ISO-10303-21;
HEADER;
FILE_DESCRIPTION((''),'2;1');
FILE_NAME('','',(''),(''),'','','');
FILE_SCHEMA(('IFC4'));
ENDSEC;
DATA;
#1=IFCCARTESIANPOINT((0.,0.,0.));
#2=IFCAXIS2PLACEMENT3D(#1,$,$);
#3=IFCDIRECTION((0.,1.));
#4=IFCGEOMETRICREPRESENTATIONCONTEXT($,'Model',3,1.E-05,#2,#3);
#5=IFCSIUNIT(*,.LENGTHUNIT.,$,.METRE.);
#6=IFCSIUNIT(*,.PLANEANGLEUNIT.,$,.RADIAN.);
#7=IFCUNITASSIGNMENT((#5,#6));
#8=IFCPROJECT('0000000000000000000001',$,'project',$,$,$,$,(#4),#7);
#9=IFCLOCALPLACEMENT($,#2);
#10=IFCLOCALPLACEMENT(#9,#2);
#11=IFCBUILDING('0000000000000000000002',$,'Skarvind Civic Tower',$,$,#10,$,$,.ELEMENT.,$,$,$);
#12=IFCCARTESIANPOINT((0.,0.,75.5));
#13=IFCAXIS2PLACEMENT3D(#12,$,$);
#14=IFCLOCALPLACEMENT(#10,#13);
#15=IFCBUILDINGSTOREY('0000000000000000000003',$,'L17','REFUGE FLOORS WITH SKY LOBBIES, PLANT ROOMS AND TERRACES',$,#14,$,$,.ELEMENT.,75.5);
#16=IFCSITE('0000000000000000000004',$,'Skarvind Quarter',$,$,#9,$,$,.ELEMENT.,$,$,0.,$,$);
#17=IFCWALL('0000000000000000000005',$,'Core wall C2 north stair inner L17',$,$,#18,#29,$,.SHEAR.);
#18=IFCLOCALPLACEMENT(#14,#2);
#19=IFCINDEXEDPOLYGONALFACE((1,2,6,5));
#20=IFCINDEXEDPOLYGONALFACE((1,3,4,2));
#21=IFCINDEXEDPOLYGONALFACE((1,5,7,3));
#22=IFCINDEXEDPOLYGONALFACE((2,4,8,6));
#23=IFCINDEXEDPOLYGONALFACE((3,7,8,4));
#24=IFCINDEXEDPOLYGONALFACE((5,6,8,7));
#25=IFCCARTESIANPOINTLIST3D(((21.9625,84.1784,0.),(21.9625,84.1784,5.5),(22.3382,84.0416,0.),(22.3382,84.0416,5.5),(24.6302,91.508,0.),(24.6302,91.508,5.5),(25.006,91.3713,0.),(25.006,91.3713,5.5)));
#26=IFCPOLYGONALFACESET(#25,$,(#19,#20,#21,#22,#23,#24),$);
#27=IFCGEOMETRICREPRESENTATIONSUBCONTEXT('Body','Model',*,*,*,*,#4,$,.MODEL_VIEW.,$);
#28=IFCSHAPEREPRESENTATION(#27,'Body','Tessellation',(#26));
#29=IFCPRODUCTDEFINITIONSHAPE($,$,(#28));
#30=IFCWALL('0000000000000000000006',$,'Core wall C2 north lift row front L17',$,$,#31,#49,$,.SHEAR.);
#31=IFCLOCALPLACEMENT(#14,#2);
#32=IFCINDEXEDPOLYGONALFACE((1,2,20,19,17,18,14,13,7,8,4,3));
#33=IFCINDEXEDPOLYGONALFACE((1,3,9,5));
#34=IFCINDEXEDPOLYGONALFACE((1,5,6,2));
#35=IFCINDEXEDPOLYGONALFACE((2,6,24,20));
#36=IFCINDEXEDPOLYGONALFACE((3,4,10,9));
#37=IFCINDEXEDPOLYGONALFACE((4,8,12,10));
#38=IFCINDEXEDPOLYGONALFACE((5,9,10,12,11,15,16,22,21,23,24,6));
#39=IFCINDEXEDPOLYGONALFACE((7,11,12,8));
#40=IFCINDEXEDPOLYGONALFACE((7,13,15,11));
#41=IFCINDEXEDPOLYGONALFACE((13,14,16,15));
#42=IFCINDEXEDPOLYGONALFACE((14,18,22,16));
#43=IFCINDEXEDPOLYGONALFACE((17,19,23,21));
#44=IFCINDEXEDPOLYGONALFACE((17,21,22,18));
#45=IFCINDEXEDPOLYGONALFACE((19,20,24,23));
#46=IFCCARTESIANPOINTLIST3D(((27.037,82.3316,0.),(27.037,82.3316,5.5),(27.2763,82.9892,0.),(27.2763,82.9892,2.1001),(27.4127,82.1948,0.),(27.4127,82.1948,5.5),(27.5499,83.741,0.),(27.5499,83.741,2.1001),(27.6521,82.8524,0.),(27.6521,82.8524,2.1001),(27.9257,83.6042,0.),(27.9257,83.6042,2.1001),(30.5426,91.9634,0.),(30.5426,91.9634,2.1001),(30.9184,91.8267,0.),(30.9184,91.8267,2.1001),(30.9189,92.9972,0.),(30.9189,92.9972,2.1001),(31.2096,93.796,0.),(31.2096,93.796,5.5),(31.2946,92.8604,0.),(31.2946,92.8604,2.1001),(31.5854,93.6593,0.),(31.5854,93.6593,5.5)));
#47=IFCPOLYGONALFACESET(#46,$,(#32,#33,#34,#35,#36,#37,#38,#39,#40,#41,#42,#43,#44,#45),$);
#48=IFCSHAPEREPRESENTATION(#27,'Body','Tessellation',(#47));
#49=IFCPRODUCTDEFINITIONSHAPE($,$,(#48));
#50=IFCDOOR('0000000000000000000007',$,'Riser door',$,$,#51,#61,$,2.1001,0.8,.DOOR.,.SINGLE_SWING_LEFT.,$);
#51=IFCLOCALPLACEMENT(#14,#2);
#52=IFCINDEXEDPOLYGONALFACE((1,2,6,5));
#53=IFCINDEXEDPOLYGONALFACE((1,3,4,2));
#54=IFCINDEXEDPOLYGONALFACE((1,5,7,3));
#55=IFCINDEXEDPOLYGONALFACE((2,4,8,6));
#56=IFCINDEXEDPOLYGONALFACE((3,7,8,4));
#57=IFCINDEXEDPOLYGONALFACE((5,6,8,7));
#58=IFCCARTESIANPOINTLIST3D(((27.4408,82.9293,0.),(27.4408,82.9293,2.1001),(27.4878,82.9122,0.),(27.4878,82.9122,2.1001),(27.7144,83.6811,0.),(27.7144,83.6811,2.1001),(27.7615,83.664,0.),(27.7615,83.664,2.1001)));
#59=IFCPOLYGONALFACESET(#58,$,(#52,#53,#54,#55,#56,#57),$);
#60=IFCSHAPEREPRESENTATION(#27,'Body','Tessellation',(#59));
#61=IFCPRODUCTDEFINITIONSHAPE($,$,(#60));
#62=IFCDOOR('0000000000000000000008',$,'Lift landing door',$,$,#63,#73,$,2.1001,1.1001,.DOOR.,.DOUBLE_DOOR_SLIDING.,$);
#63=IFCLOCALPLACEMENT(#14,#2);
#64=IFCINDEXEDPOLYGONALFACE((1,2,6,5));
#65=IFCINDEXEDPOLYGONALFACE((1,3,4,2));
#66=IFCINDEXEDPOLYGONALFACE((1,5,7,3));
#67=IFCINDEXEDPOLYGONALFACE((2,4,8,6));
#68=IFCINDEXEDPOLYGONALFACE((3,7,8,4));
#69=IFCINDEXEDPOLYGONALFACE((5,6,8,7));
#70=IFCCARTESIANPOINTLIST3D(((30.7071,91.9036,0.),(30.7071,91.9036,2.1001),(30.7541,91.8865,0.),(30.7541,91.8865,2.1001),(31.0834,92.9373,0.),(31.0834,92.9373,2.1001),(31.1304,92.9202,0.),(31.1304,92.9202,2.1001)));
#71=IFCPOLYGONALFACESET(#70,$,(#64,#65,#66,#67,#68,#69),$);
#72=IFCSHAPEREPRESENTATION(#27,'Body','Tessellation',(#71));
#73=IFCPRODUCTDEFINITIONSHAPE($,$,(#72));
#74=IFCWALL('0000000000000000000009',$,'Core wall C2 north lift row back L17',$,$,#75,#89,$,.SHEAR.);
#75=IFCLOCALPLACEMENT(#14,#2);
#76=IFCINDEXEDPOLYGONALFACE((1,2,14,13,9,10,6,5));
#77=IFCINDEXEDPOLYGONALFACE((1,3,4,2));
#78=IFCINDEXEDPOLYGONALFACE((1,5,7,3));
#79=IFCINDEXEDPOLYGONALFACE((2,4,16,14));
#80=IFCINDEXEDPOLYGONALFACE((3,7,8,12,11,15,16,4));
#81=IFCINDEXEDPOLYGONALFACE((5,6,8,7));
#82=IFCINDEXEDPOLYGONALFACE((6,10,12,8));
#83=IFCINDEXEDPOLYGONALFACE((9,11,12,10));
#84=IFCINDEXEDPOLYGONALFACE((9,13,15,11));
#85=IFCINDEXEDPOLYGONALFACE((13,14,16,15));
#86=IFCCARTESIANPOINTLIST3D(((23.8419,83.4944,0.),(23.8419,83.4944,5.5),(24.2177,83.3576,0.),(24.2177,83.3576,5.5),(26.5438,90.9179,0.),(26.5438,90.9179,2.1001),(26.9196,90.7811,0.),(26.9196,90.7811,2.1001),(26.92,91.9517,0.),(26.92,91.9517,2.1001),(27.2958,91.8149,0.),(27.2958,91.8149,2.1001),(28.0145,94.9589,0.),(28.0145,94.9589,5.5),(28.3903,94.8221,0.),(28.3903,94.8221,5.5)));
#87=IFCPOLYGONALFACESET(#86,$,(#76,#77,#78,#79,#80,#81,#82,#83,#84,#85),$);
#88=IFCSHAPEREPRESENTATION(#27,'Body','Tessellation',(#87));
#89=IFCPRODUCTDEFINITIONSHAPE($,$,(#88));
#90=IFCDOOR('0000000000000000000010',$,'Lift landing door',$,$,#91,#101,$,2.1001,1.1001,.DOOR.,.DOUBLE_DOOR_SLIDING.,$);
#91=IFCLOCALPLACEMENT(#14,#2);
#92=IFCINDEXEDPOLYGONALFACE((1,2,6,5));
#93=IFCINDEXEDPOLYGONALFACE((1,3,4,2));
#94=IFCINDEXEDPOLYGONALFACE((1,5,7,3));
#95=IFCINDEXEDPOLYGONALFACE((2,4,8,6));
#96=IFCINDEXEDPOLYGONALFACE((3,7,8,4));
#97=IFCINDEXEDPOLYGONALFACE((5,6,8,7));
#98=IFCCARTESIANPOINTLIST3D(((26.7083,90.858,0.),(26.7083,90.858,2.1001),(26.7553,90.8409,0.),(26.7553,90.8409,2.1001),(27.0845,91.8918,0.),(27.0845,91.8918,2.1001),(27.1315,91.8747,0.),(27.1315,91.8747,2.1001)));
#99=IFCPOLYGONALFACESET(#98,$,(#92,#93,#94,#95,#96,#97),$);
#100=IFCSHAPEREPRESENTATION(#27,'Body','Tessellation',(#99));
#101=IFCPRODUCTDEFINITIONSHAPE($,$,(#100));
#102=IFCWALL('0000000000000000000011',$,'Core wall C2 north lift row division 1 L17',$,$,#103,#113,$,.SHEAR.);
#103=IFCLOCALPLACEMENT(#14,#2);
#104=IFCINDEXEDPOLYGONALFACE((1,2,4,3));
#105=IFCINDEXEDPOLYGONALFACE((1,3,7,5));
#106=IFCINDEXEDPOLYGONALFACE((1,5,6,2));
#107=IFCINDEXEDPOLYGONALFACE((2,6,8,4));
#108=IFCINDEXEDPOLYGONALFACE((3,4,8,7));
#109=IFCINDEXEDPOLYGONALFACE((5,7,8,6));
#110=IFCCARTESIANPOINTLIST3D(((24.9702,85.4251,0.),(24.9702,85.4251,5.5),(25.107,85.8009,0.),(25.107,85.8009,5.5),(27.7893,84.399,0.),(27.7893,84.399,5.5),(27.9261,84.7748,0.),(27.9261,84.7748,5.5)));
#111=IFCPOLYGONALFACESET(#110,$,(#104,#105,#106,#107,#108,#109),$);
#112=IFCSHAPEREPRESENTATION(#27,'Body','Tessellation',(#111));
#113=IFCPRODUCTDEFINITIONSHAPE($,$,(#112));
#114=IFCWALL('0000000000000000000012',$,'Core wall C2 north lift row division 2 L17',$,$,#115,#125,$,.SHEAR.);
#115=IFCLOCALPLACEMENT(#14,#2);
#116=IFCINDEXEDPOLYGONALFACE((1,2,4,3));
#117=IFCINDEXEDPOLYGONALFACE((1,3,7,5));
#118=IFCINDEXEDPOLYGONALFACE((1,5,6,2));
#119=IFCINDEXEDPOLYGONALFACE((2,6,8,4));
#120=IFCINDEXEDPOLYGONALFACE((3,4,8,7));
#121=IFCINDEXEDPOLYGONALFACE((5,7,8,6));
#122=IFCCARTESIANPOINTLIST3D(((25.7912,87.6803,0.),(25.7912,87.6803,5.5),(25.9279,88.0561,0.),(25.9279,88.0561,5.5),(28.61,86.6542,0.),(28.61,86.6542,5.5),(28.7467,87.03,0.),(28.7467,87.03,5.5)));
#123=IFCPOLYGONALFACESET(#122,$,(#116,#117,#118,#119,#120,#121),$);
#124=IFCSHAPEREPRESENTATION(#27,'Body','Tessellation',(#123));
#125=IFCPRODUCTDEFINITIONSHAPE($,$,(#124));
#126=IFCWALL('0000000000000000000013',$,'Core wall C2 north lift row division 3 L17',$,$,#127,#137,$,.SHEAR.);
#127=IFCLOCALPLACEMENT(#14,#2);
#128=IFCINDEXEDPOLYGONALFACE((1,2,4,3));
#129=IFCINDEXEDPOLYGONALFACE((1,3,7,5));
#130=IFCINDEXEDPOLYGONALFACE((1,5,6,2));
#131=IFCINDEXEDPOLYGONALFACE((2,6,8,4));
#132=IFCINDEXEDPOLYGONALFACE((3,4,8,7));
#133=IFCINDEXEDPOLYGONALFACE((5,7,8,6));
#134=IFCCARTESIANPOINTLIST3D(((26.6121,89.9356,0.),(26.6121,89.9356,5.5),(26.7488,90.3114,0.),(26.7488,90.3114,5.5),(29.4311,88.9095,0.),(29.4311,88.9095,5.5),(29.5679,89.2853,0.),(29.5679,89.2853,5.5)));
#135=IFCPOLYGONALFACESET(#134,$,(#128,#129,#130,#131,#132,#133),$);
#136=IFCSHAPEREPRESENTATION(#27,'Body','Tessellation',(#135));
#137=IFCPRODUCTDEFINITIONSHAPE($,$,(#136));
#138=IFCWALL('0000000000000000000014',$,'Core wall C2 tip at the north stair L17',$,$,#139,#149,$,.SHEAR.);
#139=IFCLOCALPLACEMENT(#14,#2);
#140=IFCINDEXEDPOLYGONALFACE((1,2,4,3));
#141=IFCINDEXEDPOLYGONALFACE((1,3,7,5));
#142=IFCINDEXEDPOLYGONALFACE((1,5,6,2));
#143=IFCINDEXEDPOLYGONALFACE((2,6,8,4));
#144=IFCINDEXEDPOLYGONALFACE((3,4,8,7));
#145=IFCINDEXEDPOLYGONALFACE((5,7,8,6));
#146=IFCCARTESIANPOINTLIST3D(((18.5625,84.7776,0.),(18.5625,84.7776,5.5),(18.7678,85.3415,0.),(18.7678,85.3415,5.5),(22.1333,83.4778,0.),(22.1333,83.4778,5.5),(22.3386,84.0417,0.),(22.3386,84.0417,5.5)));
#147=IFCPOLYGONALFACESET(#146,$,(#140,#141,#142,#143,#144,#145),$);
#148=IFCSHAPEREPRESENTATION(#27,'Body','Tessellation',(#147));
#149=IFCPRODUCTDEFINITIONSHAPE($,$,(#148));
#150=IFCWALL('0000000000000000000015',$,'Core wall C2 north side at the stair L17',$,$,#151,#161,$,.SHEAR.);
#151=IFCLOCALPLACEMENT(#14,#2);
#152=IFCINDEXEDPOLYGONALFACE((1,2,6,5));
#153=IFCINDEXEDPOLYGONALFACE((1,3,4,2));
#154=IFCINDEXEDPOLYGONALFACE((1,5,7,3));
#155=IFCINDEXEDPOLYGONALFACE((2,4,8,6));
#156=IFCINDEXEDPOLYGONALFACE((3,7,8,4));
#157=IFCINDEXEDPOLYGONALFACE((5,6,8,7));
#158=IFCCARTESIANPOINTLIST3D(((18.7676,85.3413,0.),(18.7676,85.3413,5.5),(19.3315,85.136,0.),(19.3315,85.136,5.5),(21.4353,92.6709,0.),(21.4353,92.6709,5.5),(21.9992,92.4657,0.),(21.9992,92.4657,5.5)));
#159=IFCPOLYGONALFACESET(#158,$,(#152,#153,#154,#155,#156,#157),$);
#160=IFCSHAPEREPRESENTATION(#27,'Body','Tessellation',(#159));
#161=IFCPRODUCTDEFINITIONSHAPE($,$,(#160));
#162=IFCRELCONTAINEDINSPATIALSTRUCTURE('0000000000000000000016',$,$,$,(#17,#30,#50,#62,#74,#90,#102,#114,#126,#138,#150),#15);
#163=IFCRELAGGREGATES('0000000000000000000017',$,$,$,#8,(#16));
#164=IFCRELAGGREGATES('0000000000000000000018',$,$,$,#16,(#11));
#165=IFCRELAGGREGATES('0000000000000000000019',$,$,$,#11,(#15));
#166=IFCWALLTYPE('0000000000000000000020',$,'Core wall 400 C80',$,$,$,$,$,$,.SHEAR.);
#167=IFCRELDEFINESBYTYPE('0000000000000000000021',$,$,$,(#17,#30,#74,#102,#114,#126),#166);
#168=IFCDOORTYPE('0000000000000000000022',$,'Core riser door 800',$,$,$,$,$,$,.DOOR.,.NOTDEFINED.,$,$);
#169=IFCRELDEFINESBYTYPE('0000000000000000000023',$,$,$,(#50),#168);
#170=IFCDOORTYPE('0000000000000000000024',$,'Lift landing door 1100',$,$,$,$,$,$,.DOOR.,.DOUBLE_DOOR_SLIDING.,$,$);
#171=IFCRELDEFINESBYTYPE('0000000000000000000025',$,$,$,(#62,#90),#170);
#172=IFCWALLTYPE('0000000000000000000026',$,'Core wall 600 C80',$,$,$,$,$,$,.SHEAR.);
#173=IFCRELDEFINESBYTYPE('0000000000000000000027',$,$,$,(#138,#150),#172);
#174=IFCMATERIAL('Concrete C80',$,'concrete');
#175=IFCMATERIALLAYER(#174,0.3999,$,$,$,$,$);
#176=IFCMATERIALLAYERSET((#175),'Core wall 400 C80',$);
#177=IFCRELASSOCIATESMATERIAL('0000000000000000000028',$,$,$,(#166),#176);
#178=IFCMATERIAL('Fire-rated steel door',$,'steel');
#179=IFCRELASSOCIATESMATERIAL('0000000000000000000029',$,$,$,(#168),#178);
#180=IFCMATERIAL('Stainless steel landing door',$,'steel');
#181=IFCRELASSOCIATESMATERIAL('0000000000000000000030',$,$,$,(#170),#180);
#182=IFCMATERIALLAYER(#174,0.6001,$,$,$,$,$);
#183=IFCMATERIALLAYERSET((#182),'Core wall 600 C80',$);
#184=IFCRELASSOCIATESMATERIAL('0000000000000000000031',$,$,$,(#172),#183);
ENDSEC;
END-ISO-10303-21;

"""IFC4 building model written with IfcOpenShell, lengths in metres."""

from ifc_helpers import new_model, si_unit, direction, frame, frame_2d, origin, place, context, subcontext, project, spatial, rectangle, extrude, material, layer, layer_set, type_object, element, fill, save


model = new_model("IFC4")

# Units and contexts
model_context = context("Model", 3, precision=1e-05, world=origin(), true_north=direction((0.0, 1.0)))
body_context = subcontext(model_context, "Body", "Model", "MODEL_VIEW")
ifc_project = project(units=[si_unit("LENGTHUNIT", "METRE"), si_unit("PLANEANGLEUNIT", "RADIAN")], contexts=[model_context])

# Site, building, storey
site_placement = place(None, origin())
site = spatial("IfcSite", under=ifc_project, at=site_placement, Name="Skarvind Quarter", CompositionType="ELEMENT", RefElevation=0.0)
building_placement = place(site_placement, origin())
building = spatial("IfcBuilding", under=site, at=building_placement, Name="Skarvind Civic Tower", CompositionType="ELEMENT")
storey_placement = place(building_placement, frame((0.0, 0.0, 75.5)))
storey = spatial("IfcBuildingStorey", under=building, at=storey_placement, Name="L17", Description="REFUGE FLOORS WITH SKY LOBBIES, PLANT ROOMS AND TERRACES", CompositionType="ELEMENT", Elevation=75.5)

# Wall
ifc_material_1 = material(Name="Concrete C80", Category="concrete")
ifc_layer_1 = layer(ifc_material_1, 0.3999)
ifc_layer_set_1 = layer_set([ifc_layer_1], Name="Core wall 400 C80")
wall_type_1 = type_object("IfcWallType", Name="Core wall 400 C80", PredefinedType="SHEAR", material=ifc_layer_set_1)
wall_1_placement = place(storey_placement, frame((22.1504, 84.1101, 0.0), z_axis=(0.0, 0.0, 1.0), x_axis=(0.342017, 0.939694, 0.0)))
element("IfcWall", 1, at=wall_1_placement, inside=storey, type_object=wall_type_1, Name="Core wall C2 north stair inner L17", PredefinedType="SHEAR", context=body_context, shape_type="SweptSolid", body=[
    extrude(rectangle(XDim=7.8, YDim=0.3999, at=frame_2d((3.8999, 0.0))), origin(), (0.0, 0.0, 1.0), 5.5),
])

# Wall, openings, doors
wall_2_placement = place(storey_placement, frame((27.2249, 82.2632, 0.0), z_axis=(0.0, 0.0, 1.0), x_axis=(0.342015, 0.939695, 0.0)))
wall_2 = element("IfcWall", 2, at=wall_2_placement, inside=storey, type_object=wall_type_1, Name="Core wall C2 north lift row front L17", PredefinedType="SHEAR", context=body_context, shape_type="SweptSolid", body=[
    extrude(rectangle(XDim=12.2002, YDim=0.3999, at=frame_2d((6.1001, 0.0))), origin(), (0.0, 0.0, 1.0), 5.5),
])
opening_1_placement = place(wall_2_placement, frame((10.25, 0.0, 0.0)))
opening_1 = element("IfcOpeningElement", 3, at=opening_1_placement, cuts=wall_2, PredefinedType="OPENING", context=body_context, shape_type="SweptSolid", body=[
    extrude(rectangle(XDim=1.1001, YDim=2.1001, at=frame_2d((0.55, 1.05))), frame((0.0, 0.21, 0.0), z_axis=(0.0, -1.0, 0.0), x_axis=(1.0, 0.0, 0.0)), (0.0, 0.0, 1.0), 0.4199),
])
opening_2_placement = place(wall_2_placement, frame((0.7, 0.0, 0.0)))
opening_2 = element("IfcOpeningElement", 4, at=opening_2_placement, cuts=wall_2, PredefinedType="OPENING", context=body_context, shape_type="SweptSolid", body=[
    extrude(rectangle(XDim=0.8, YDim=2.1001, at=frame_2d((0.3999, 1.05))), frame((0.0, 0.21, 0.0), z_axis=(0.0, -1.0, 0.0), x_axis=(1.0, 0.0, 0.0)), (0.0, 0.0, 1.0), 0.4199),
])
ifc_material_2 = material(Name="Fire-rated steel door", Category="steel")
door_type_1 = type_object("IfcDoorType", Name="Core riser door 800", OperationType="NOTDEFINED", PredefinedType="DOOR", material=ifc_material_2)
door_1_placement = place(opening_2_placement, origin())
door_1 = element("IfcDoor", 5, at=door_1_placement, inside=storey, type_object=door_type_1, Name="Riser door", OperationType="SINGLE_SWING_LEFT", OverallHeight=2.1001, OverallWidth=0.8, PredefinedType="DOOR", context=body_context, shape_type="SweptSolid", body=[
    extrude(rectangle(XDim=0.8, YDim=2.1001, at=frame_2d((0.3999, 1.05))), frame((0.0, 0.0249, 0.0), z_axis=(0.0, -1.0, 0.0), x_axis=(1.0, 0.0, 0.0)), (0.0, 0.0, 1.0), 0.05),
])
fill(opening_2, door_1)
ifc_material_3 = material(Name="Stainless steel landing door", Category="steel")
door_type_2 = type_object("IfcDoorType", Name="Lift landing door 1100", OperationType="DOUBLE_DOOR_SLIDING", PredefinedType="DOOR", material=ifc_material_3)
door_2_placement = place(opening_1_placement, origin())
door_2 = element("IfcDoor", 6, at=door_2_placement, inside=storey, type_object=door_type_2, Name="Lift landing door", OperationType="DOUBLE_DOOR_SLIDING", OverallHeight=2.1001, OverallWidth=1.1001, PredefinedType="DOOR", context=body_context, shape_type="SweptSolid", body=[
    extrude(rectangle(XDim=1.1001, YDim=2.1001, at=frame_2d((0.55, 1.05))), frame((0.0, 0.0249, 0.0), z_axis=(0.0, -1.0, 0.0), x_axis=(1.0, 0.0, 0.0)), (0.0, 0.0, 1.0), 0.05),
])
fill(opening_1, door_2)

# Wall, opening, door
wall_3_placement = place(storey_placement, frame((24.0298, 83.426, 0.0), z_axis=(0.0, 0.0, 1.0), x_axis=(0.342015, 0.939695, 0.0)))
wall_3 = element("IfcWall", 7, at=wall_3_placement, inside=storey, type_object=wall_type_1, Name="Core wall C2 north lift row back L17", PredefinedType="SHEAR", context=body_context, shape_type="SweptSolid", body=[
    extrude(rectangle(XDim=12.2002, YDim=0.3999, at=frame_2d((6.1001, 0.0))), origin(), (0.0, 0.0, 1.0), 5.5),
])
opening_3_placement = place(wall_3_placement, frame((7.8999, 0.0, 0.0)))
opening_3 = element("IfcOpeningElement", 8, at=opening_3_placement, cuts=wall_3, PredefinedType="OPENING", context=body_context, shape_type="SweptSolid", body=[
    extrude(rectangle(XDim=1.1001, YDim=2.1001, at=frame_2d((0.55, 1.05))), frame((0.0, 0.21, 0.0), z_axis=(0.0, -1.0, 0.0), x_axis=(1.0, 0.0, 0.0)), (0.0, 0.0, 1.0), 0.4199),
])
door_3_placement = place(opening_3_placement, origin())
door_3 = element("IfcDoor", 9, at=door_3_placement, inside=storey, type_object=door_type_2, Name="Lift landing door", OperationType="DOUBLE_DOOR_SLIDING", OverallHeight=2.1001, OverallWidth=1.1001, PredefinedType="DOOR", context=body_context, shape_type="SweptSolid", body=[
    extrude(rectangle(XDim=1.1001, YDim=2.1001, at=frame_2d((0.55, 1.05))), frame((0.0, 0.0249, 0.0), z_axis=(0.0, -1.0, 0.0), x_axis=(1.0, 0.0, 0.0)), (0.0, 0.0, 1.0), 0.05),
])
fill(opening_3, door_3)

# Walls
wall_4_placement = place(storey_placement, frame((27.8577, 84.5869, 0.0), z_axis=(0.0, 0.0, 1.0), x_axis=(-0.939686, 0.342037, 0.0)))
element("IfcWall", 10, at=wall_4_placement, inside=storey, type_object=wall_type_1, Name="Core wall C2 north lift row division 1 L17", PredefinedType="SHEAR", context=body_context, shape_type="SweptSolid", body=[
    extrude(rectangle(XDim=3.0, YDim=0.3999, at=frame_2d((1.5, 0.0))), origin(), (0.0, 0.0, 1.0), 5.5),
])
wall_5_placement = place(storey_placement, frame((28.6785, 86.842, 0.0), z_axis=(0.0, 0.0, 1.0), x_axis=(-0.939677, 0.342063, 0.0)))
element("IfcWall", 11, at=wall_5_placement, inside=storey, type_object=wall_type_1, Name="Core wall C2 north lift row division 2 L17", PredefinedType="SHEAR", context=body_context, shape_type="SweptSolid", body=[
    extrude(rectangle(XDim=2.9998, YDim=0.3999, at=frame_2d((1.5, 0.0))), origin(), (0.0, 0.0, 1.0), 5.5),
])
wall_6_placement = place(storey_placement, frame((29.4995, 89.0974, 0.0), z_axis=(0.0, 0.0, 1.0), x_axis=(-0.939686, 0.342037, 0.0)))
element("IfcWall", 12, at=wall_6_placement, inside=storey, type_object=wall_type_1, Name="Core wall C2 north lift row division 3 L17", PredefinedType="SHEAR", context=body_context, shape_type="SweptSolid", body=[
    extrude(rectangle(XDim=3.0, YDim=0.3999, at=frame_2d((1.5, 0.0))), origin(), (0.0, 0.0, 1.0), 5.5),
])
ifc_layer_2 = layer(ifc_material_1, 0.6001)
ifc_layer_set_2 = layer_set([ifc_layer_2], Name="Core wall 600 C80")
wall_type_2 = type_object("IfcWallType", Name="Core wall 600 C80", PredefinedType="SHEAR", material=ifc_layer_set_2)
wall_7_placement = place(storey_placement, frame((22.2358, 83.7598, 0.0), z_axis=(0.0, 0.0, 1.0), x_axis=(-0.939681, 0.342053, 0.0)))
element("IfcWall", 13, at=wall_7_placement, inside=storey, type_object=wall_type_2, Name="Core wall C2 tip at the north stair L17", PredefinedType="SHEAR", context=body_context, shape_type="SweptSolid", body=[
    extrude(rectangle(XDim=3.8, YDim=0.6001, at=frame_2d((1.8999, 0.0))), origin(), (0.0, 0.0, 1.0), 5.5),
])
wall_8_placement = place(storey_placement, frame((19.0496, 85.2388, 0.0), z_axis=(0.0, 0.0, 1.0), x_axis=(0.342017, 0.939694, 0.0)))
element("IfcWall", 14, at=wall_8_placement, inside=storey, type_object=wall_type_2, Name="Core wall C2 north side at the stair L17", PredefinedType="SHEAR", context=body_context, shape_type="SweptSolid", body=[
    extrude(rectangle(XDim=7.8, YDim=0.6001, at=frame_2d((3.8999, 0.0))), origin(), (0.0, 0.0, 1.0), 5.5),
])

save(model, "model.ifc")
